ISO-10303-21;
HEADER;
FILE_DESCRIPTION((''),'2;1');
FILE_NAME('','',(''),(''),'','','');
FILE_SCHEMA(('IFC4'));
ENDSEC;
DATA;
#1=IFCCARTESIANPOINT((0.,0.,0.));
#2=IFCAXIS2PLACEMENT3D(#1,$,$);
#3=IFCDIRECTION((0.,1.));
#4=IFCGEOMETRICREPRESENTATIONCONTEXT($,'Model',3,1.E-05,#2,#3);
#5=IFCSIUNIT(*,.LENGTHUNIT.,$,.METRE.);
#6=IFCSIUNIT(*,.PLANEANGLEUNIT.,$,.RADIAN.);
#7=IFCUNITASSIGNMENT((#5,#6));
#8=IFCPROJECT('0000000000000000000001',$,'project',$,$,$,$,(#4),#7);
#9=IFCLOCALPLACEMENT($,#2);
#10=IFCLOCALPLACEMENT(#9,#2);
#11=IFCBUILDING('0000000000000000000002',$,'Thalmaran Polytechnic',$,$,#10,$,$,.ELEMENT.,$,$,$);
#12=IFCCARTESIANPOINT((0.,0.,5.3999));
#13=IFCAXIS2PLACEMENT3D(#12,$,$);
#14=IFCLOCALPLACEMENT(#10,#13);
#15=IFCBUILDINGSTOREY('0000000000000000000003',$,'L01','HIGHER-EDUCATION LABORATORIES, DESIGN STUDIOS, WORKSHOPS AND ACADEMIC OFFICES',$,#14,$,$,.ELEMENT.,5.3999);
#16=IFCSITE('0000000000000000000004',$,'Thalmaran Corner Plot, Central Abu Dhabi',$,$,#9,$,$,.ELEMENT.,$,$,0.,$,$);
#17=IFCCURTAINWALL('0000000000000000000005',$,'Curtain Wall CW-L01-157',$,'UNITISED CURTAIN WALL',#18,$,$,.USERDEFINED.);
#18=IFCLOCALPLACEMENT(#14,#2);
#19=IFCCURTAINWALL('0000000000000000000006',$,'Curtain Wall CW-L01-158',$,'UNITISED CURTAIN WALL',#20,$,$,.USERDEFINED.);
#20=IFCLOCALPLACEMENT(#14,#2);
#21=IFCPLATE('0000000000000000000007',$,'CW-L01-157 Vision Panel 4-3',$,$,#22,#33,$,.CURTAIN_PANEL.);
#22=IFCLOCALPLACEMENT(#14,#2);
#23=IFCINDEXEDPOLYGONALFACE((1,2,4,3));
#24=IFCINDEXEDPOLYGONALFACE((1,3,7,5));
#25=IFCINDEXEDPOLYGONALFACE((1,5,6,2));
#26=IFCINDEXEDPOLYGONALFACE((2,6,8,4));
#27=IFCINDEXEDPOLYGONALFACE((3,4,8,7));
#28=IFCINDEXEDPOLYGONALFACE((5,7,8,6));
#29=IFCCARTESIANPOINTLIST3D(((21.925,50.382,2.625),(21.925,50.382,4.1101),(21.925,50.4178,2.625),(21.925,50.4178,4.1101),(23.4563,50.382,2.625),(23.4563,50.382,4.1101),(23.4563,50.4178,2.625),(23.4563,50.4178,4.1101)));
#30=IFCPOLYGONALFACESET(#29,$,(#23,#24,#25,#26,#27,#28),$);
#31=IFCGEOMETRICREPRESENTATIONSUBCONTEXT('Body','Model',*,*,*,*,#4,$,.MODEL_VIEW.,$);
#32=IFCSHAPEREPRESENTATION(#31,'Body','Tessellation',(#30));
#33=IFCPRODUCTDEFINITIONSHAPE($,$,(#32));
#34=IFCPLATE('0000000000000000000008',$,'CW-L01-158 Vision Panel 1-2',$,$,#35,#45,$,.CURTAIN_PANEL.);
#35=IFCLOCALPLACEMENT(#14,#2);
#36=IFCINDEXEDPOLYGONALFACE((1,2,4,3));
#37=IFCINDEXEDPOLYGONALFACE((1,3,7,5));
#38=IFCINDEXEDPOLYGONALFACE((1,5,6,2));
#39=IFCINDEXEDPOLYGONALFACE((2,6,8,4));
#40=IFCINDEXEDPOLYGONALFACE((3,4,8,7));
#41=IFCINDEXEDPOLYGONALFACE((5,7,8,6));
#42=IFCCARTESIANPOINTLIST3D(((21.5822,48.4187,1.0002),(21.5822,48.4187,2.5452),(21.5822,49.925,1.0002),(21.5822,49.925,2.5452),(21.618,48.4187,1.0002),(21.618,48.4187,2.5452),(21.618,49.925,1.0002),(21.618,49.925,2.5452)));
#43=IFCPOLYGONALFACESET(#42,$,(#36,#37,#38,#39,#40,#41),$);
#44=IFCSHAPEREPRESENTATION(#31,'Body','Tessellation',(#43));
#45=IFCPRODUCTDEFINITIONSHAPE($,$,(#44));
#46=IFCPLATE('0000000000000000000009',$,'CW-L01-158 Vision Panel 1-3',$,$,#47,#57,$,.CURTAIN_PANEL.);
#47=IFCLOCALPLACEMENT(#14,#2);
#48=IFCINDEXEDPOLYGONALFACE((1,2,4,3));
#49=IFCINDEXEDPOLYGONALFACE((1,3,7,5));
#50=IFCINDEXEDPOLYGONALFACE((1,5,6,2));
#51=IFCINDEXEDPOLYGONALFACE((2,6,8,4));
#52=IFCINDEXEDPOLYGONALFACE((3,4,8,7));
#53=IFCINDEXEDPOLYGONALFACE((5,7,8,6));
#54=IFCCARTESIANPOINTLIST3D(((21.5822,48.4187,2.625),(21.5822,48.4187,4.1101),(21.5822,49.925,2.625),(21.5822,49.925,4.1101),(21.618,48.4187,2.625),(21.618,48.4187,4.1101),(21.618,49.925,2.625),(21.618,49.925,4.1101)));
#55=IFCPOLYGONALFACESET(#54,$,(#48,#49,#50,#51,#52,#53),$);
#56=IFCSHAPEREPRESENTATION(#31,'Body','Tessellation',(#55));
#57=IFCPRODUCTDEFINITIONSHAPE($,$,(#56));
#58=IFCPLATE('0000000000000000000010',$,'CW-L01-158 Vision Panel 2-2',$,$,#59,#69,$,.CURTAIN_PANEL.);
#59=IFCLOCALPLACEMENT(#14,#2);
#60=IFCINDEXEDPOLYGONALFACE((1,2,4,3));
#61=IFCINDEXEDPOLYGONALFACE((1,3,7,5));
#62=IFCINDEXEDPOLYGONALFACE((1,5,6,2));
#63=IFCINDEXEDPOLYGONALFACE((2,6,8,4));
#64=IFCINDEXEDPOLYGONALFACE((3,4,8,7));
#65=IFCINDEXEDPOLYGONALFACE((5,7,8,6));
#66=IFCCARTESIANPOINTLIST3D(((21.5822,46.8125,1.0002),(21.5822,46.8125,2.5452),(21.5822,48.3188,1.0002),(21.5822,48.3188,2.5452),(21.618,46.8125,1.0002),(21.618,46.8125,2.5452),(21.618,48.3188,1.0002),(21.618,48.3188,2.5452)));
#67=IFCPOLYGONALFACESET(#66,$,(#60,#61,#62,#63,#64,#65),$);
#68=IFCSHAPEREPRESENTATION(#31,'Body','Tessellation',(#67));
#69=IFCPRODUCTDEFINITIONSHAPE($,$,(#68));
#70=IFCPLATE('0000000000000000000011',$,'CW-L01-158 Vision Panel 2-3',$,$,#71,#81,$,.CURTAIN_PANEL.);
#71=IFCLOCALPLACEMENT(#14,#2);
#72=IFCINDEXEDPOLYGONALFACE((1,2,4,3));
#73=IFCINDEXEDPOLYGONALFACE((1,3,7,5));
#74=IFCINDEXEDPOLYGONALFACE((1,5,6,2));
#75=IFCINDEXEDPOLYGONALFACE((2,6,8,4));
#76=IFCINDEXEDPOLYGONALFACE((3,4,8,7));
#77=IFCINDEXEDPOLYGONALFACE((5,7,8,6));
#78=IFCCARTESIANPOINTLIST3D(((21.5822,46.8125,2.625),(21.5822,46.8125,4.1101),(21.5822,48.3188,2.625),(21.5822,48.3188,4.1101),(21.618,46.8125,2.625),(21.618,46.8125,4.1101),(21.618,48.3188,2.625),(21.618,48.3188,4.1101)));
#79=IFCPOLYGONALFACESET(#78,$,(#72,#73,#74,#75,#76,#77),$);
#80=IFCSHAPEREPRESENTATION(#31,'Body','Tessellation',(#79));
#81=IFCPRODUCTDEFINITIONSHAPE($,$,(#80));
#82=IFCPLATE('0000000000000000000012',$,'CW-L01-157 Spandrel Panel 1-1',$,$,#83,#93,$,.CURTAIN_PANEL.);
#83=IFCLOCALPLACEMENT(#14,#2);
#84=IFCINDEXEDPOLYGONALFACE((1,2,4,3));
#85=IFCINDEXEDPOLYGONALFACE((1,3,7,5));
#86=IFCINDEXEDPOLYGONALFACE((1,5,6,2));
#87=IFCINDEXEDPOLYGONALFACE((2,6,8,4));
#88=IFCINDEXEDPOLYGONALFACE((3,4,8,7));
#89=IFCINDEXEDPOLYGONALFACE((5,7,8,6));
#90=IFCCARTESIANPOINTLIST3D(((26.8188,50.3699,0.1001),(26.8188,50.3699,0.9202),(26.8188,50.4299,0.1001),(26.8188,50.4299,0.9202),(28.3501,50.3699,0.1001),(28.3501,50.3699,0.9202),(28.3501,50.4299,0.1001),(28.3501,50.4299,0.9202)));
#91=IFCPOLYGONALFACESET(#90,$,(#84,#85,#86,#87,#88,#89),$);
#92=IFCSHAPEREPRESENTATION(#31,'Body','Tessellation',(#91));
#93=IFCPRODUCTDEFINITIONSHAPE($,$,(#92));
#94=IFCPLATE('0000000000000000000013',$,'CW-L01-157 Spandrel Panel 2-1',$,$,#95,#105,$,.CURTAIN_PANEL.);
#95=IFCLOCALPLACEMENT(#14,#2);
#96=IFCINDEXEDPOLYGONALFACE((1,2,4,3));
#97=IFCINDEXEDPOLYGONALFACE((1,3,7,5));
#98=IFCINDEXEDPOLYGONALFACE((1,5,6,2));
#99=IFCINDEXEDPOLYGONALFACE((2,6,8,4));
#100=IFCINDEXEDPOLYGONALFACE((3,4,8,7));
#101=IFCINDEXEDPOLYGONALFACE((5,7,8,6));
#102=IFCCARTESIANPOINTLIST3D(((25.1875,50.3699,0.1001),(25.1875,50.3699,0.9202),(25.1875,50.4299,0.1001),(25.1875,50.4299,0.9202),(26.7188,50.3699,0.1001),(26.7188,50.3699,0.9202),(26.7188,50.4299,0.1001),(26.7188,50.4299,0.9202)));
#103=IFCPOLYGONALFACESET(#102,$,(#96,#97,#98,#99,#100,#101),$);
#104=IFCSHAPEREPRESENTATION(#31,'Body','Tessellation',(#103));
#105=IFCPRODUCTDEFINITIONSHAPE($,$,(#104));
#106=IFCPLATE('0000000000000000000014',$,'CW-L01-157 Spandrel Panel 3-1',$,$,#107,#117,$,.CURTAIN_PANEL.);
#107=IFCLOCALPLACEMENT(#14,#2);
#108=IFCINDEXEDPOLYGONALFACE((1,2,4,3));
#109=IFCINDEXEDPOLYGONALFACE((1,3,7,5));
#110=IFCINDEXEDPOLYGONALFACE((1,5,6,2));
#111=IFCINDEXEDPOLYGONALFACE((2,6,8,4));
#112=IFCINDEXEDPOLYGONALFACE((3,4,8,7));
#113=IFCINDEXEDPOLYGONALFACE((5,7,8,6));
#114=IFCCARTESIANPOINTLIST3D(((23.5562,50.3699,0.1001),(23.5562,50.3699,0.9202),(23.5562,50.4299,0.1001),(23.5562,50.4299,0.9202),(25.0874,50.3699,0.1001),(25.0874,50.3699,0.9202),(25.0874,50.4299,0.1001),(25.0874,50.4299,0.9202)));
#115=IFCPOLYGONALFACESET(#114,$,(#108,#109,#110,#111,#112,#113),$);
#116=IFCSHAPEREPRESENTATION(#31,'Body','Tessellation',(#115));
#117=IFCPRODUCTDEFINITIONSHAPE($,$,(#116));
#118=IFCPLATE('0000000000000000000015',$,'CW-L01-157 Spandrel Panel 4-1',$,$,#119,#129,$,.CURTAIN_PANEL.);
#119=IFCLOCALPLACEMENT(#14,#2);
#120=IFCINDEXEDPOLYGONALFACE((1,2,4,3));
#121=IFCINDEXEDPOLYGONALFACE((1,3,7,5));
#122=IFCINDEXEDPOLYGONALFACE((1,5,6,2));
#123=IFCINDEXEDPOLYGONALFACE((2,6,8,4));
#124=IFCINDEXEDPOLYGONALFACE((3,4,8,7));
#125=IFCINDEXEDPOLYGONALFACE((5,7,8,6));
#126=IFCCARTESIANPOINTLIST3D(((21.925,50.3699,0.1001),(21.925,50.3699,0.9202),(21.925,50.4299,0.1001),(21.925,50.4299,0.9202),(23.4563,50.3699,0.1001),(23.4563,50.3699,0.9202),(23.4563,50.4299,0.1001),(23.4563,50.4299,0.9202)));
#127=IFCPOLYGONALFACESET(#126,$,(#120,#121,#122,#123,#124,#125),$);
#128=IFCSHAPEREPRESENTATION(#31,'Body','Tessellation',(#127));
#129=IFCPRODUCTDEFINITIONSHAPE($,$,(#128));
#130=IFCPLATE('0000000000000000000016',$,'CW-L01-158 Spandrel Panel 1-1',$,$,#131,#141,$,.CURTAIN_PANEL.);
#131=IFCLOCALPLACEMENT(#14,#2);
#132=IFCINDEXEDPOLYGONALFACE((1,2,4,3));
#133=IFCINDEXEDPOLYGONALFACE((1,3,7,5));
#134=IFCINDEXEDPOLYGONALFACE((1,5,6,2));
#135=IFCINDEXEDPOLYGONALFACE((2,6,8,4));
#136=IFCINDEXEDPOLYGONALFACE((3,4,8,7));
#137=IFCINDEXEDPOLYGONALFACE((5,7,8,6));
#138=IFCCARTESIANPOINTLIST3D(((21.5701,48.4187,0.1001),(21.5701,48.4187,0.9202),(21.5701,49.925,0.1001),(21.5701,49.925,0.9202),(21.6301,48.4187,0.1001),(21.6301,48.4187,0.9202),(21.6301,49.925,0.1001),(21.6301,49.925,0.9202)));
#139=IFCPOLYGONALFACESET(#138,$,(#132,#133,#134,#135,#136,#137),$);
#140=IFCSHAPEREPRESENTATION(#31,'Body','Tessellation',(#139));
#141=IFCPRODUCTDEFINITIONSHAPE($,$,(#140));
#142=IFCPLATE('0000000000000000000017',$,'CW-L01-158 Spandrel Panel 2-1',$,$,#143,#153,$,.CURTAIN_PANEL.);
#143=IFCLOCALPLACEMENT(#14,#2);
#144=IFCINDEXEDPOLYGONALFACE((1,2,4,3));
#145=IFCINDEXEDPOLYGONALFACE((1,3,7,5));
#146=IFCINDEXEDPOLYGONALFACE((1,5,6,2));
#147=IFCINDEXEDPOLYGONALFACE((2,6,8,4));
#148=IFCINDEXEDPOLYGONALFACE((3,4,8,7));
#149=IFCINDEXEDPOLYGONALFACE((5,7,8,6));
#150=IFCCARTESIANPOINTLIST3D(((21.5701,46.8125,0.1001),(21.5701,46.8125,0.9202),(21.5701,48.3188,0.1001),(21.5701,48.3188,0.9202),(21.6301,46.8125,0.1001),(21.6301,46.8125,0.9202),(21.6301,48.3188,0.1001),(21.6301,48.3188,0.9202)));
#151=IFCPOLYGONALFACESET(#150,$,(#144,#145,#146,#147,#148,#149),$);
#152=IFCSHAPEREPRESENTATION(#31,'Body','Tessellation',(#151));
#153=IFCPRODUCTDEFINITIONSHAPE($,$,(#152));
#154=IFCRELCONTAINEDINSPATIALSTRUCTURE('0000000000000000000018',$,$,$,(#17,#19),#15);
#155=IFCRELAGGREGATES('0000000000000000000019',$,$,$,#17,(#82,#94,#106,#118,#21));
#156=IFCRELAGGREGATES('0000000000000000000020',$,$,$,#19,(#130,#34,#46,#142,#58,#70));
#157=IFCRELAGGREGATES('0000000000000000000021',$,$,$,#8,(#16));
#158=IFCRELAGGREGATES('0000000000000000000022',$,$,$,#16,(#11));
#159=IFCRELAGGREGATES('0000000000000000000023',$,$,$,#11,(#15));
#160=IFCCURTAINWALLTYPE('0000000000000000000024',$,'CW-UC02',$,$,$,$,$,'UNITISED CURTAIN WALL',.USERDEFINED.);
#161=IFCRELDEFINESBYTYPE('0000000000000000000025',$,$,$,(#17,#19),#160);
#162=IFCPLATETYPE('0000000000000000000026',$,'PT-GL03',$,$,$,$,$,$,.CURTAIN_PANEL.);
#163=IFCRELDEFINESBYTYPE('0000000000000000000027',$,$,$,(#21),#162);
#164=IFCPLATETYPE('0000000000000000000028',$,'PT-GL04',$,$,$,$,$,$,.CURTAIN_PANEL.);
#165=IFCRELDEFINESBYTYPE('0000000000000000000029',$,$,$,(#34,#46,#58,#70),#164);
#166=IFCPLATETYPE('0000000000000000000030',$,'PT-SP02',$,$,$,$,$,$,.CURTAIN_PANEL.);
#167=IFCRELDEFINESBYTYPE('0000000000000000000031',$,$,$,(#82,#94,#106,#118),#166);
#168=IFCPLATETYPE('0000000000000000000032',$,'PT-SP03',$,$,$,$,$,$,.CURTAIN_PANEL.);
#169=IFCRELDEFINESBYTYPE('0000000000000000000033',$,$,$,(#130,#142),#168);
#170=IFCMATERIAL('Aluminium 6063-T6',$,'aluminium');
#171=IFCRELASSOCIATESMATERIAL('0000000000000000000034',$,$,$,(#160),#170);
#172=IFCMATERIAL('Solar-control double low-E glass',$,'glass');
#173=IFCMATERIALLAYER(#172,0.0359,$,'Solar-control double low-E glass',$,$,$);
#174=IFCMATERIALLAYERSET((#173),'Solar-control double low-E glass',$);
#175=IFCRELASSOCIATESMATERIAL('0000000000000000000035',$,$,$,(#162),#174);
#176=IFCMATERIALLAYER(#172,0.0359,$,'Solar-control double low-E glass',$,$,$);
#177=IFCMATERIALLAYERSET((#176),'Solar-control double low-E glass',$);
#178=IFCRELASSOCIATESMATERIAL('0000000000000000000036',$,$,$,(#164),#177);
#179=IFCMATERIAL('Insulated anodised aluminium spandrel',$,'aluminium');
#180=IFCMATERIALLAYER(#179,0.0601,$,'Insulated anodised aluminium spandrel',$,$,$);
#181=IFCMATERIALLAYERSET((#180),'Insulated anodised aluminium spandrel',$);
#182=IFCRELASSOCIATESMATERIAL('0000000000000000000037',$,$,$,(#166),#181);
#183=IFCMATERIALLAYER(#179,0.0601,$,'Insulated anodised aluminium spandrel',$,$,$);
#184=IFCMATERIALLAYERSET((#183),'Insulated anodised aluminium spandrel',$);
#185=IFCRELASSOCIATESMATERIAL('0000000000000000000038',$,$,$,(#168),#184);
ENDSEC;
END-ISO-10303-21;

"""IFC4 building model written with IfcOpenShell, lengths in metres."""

from ifc_helpers import new_model, si_unit, direction, frame, origin, origin_2d, place, context, subcontext, project, spatial, rectangle, extrude, material, layer, layer_set, type_object, element, aggregate, save


model = new_model("IFC4")

# Units and contexts
model_context = context("Model", 3, precision=1e-05, world=origin(), true_north=direction((0.0, 1.0)))
body_context = subcontext(model_context, "Body", "Model", "MODEL_VIEW")
ifc_project = project(units=[si_unit("LENGTHUNIT", "METRE"), si_unit("PLANEANGLEUNIT", "RADIAN")], contexts=[model_context])

# Site, building, storey
site_placement = place(None, origin())
site = spatial("IfcSite", under=ifc_project, at=site_placement, Name="Thalmaran Corner Plot, Central Abu Dhabi", CompositionType="ELEMENT", RefElevation=0.0)
building_placement = place(site_placement, origin())
building = spatial("IfcBuilding", under=site, at=building_placement, Name="Thalmaran Polytechnic", CompositionType="ELEMENT")
storey_placement = place(building_placement, frame((0.0, 0.0, 5.3999)))
storey = spatial("IfcBuildingStorey", under=building, at=storey_placement, Name="L01", Description="HIGHER-EDUCATION LABORATORIES, DESIGN STUDIOS, WORKSHOPS AND ACADEMIC OFFICES", CompositionType="ELEMENT", Elevation=5.3999)

# Curtain walls
ifc_material_1 = material(Name="Aluminium 6063-T6", Category="aluminium")
curtain_wall_type = type_object("IfcCurtainWallType", Name="CW-UC02", ElementType="UNITISED CURTAIN WALL", PredefinedType="USERDEFINED", material=ifc_material_1)
curtain_wall_1_placement = place(storey_placement, origin())
curtain_wall_1 = element("IfcCurtainWall", 1, at=curtain_wall_1_placement, inside=storey, type_object=curtain_wall_type, Name="Curtain Wall CW-L01-157", ObjectType="UNITISED CURTAIN WALL", PredefinedType="USERDEFINED")
curtain_wall_2_placement = place(storey_placement, origin())
curtain_wall_2 = element("IfcCurtainWall", 2, at=curtain_wall_2_placement, inside=storey, type_object=curtain_wall_type, Name="Curtain Wall CW-L01-158", ObjectType="UNITISED CURTAIN WALL", PredefinedType="USERDEFINED")

# Plates
ifc_material_2 = material(Name="Solar-control double low-E glass", Category="glass")
ifc_layer_1 = layer(ifc_material_2, 0.0359, Name="Solar-control double low-E glass")
ifc_layer_set_1 = layer_set([ifc_layer_1], Name="Solar-control double low-E glass")
plate_type_1 = type_object("IfcPlateType", Name="PT-GL03", PredefinedType="CURTAIN_PANEL", material=ifc_layer_set_1)
plate_1_placement = place(storey_placement, frame((22.6907, 50.3999, 2.625), z_axis=(0.0, 0.0, 1.0), x_axis=(-1.0, 0.0, 0.0)))
plate_1 = element("IfcPlate", 3, at=plate_1_placement, type_object=plate_type_1, Name="CW-L01-157 Vision Panel 4-3", PredefinedType="CURTAIN_PANEL", context=body_context, shape_type="SweptSolid", body=[
    extrude(rectangle(XDim=1.5312, YDim=0.0359, at=origin_2d()), origin(), (0.0, 0.0, 1.0), 1.4851),
])
ifc_layer_2 = layer(ifc_material_2, 0.0359, Name="Solar-control double low-E glass")
ifc_layer_set_2 = layer_set([ifc_layer_2], Name="Solar-control double low-E glass")
plate_type_2 = type_object("IfcPlateType", Name="PT-GL04", PredefinedType="CURTAIN_PANEL", material=ifc_layer_set_2)
plate_2_placement = place(storey_placement, frame((21.6001, 49.1719, 1.0002), z_axis=(0.0, 0.0, 1.0), x_axis=(0.0, -1.0, 0.0)))
plate_2 = element("IfcPlate", 4, at=plate_2_placement, type_object=plate_type_2, Name="CW-L01-158 Vision Panel 1-2", PredefinedType="CURTAIN_PANEL", context=body_context, shape_type="SweptSolid", body=[
    extrude(rectangle(XDim=1.5063, YDim=0.0359, at=origin_2d()), origin(), (0.0, 0.0, 1.0), 1.5449),
])
plate_3_placement = place(storey_placement, frame((21.6001, 49.1719, 2.625), z_axis=(0.0, 0.0, 1.0), x_axis=(0.0, -1.0, 0.0)))
plate_3 = element("IfcPlate", 5, at=plate_3_placement, type_object=plate_type_2, Name="CW-L01-158 Vision Panel 1-3", PredefinedType="CURTAIN_PANEL", context=body_context, shape_type="SweptSolid", body=[
    extrude(rectangle(XDim=1.5063, YDim=0.0359, at=origin_2d()), origin(), (0.0, 0.0, 1.0), 1.4851),
])
plate_4_placement = place(storey_placement, frame((21.6001, 47.5657, 1.0002), z_axis=(0.0, 0.0, 1.0), x_axis=(0.0, -1.0, 0.0)))
plate_4 = element("IfcPlate", 6, at=plate_4_placement, type_object=plate_type_2, Name="CW-L01-158 Vision Panel 2-2", PredefinedType="CURTAIN_PANEL", context=body_context, shape_type="SweptSolid", body=[
    extrude(rectangle(XDim=1.5063, YDim=0.0359, at=origin_2d()), origin(), (0.0, 0.0, 1.0), 1.5449),
])
plate_5_placement = place(storey_placement, frame((21.6001, 47.5657, 2.625), z_axis=(0.0, 0.0, 1.0), x_axis=(0.0, -1.0, 0.0)))
plate_5 = element("IfcPlate", 7, at=plate_5_placement, type_object=plate_type_2, Name="CW-L01-158 Vision Panel 2-3", PredefinedType="CURTAIN_PANEL", context=body_context, shape_type="SweptSolid", body=[
    extrude(rectangle(XDim=1.5063, YDim=0.0359, at=origin_2d()), origin(), (0.0, 0.0, 1.0), 1.4851),
])
ifc_material_3 = material(Name="Insulated anodised aluminium spandrel", Category="aluminium")
ifc_layer_3 = layer(ifc_material_3, 0.0601, Name="Insulated anodised aluminium spandrel")
ifc_layer_set_3 = layer_set([ifc_layer_3], Name="Insulated anodised aluminium spandrel")
plate_type_3 = type_object("IfcPlateType", Name="PT-SP02", PredefinedType="CURTAIN_PANEL", material=ifc_layer_set_3)
plate_6_placement = place(storey_placement, frame((27.5845, 50.3999, 0.1001), z_axis=(0.0, 0.0, 1.0), x_axis=(-1.0, 0.0, 0.0)))
plate_6 = element("IfcPlate", 8, at=plate_6_placement, type_object=plate_type_3, Name="CW-L01-157 Spandrel Panel 1-1", PredefinedType="CURTAIN_PANEL", context=body_context, shape_type="SweptSolid", body=[
    extrude(rectangle(XDim=1.5312, YDim=0.0601, at=origin_2d()), origin(), (0.0, 0.0, 1.0), 0.8201),
])
plate_7_placement = place(storey_placement, frame((25.9531, 50.3999, 0.1001), z_axis=(0.0, 0.0, 1.0), x_axis=(-1.0, 0.0, 0.0)))
plate_7 = element("IfcPlate", 9, at=plate_7_placement, type_object=plate_type_3, Name="CW-L01-157 Spandrel Panel 2-1", PredefinedType="CURTAIN_PANEL", context=body_context, shape_type="SweptSolid", body=[
    extrude(rectangle(XDim=1.5312, YDim=0.0601, at=origin_2d()), origin(), (0.0, 0.0, 1.0), 0.8201),
])
plate_8_placement = place(storey_placement, frame((24.3218, 50.3999, 0.1001), z_axis=(0.0, 0.0, 1.0), x_axis=(-1.0, 0.0, 0.0)))
plate_8 = element("IfcPlate", 10, at=plate_8_placement, type_object=plate_type_3, Name="CW-L01-157 Spandrel Panel 3-1", PredefinedType="CURTAIN_PANEL", context=body_context, shape_type="SweptSolid", body=[
    extrude(rectangle(XDim=1.5312, YDim=0.0601, at=origin_2d()), origin(), (0.0, 0.0, 1.0), 0.8201),
])
plate_9_placement = place(storey_placement, frame((22.6907, 50.3999, 0.1001), z_axis=(0.0, 0.0, 1.0), x_axis=(-1.0, 0.0, 0.0)))
plate_9 = element("IfcPlate", 11, at=plate_9_placement, type_object=plate_type_3, Name="CW-L01-157 Spandrel Panel 4-1", PredefinedType="CURTAIN_PANEL", context=body_context, shape_type="SweptSolid", body=[
    extrude(rectangle(XDim=1.5312, YDim=0.0601, at=origin_2d()), origin(), (0.0, 0.0, 1.0), 0.8201),
])
aggregate(curtain_wall_1, [plate_6, plate_7, plate_8, plate_9, plate_1])
ifc_layer_4 = layer(ifc_material_3, 0.0601, Name="Insulated anodised aluminium spandrel")
ifc_layer_set_4 = layer_set([ifc_layer_4], Name="Insulated anodised aluminium spandrel")
plate_type_4 = type_object("IfcPlateType", Name="PT-SP03", PredefinedType="CURTAIN_PANEL", material=ifc_layer_set_4)
plate_10_placement = place(storey_placement, frame((21.6001, 49.1719, 0.1001), z_axis=(0.0, 0.0, 1.0), x_axis=(0.0, -1.0, 0.0)))
plate_10 = element("IfcPlate", 12, at=plate_10_placement, type_object=plate_type_4, Name="CW-L01-158 Spandrel Panel 1-1", PredefinedType="CURTAIN_PANEL", context=body_context, shape_type="SweptSolid", body=[
    extrude(rectangle(XDim=1.5063, YDim=0.0601, at=origin_2d()), origin(), (0.0, 0.0, 1.0), 0.8201),
])
plate_11_placement = place(storey_placement, frame((21.6001, 47.5657, 0.1001), z_axis=(0.0, 0.0, 1.0), x_axis=(0.0, -1.0, 0.0)))
plate_11 = element("IfcPlate", 13, at=plate_11_placement, type_object=plate_type_4, Name="CW-L01-158 Spandrel Panel 2-1", PredefinedType="CURTAIN_PANEL", context=body_context, shape_type="SweptSolid", body=[
    extrude(rectangle(XDim=1.5063, YDim=0.0601, at=origin_2d()), origin(), (0.0, 0.0, 1.0), 0.8201),
])
aggregate(curtain_wall_2, [plate_10, plate_2, plate_3, plate_11, plate_4, plate_5])

save(model, "model.ifc")
